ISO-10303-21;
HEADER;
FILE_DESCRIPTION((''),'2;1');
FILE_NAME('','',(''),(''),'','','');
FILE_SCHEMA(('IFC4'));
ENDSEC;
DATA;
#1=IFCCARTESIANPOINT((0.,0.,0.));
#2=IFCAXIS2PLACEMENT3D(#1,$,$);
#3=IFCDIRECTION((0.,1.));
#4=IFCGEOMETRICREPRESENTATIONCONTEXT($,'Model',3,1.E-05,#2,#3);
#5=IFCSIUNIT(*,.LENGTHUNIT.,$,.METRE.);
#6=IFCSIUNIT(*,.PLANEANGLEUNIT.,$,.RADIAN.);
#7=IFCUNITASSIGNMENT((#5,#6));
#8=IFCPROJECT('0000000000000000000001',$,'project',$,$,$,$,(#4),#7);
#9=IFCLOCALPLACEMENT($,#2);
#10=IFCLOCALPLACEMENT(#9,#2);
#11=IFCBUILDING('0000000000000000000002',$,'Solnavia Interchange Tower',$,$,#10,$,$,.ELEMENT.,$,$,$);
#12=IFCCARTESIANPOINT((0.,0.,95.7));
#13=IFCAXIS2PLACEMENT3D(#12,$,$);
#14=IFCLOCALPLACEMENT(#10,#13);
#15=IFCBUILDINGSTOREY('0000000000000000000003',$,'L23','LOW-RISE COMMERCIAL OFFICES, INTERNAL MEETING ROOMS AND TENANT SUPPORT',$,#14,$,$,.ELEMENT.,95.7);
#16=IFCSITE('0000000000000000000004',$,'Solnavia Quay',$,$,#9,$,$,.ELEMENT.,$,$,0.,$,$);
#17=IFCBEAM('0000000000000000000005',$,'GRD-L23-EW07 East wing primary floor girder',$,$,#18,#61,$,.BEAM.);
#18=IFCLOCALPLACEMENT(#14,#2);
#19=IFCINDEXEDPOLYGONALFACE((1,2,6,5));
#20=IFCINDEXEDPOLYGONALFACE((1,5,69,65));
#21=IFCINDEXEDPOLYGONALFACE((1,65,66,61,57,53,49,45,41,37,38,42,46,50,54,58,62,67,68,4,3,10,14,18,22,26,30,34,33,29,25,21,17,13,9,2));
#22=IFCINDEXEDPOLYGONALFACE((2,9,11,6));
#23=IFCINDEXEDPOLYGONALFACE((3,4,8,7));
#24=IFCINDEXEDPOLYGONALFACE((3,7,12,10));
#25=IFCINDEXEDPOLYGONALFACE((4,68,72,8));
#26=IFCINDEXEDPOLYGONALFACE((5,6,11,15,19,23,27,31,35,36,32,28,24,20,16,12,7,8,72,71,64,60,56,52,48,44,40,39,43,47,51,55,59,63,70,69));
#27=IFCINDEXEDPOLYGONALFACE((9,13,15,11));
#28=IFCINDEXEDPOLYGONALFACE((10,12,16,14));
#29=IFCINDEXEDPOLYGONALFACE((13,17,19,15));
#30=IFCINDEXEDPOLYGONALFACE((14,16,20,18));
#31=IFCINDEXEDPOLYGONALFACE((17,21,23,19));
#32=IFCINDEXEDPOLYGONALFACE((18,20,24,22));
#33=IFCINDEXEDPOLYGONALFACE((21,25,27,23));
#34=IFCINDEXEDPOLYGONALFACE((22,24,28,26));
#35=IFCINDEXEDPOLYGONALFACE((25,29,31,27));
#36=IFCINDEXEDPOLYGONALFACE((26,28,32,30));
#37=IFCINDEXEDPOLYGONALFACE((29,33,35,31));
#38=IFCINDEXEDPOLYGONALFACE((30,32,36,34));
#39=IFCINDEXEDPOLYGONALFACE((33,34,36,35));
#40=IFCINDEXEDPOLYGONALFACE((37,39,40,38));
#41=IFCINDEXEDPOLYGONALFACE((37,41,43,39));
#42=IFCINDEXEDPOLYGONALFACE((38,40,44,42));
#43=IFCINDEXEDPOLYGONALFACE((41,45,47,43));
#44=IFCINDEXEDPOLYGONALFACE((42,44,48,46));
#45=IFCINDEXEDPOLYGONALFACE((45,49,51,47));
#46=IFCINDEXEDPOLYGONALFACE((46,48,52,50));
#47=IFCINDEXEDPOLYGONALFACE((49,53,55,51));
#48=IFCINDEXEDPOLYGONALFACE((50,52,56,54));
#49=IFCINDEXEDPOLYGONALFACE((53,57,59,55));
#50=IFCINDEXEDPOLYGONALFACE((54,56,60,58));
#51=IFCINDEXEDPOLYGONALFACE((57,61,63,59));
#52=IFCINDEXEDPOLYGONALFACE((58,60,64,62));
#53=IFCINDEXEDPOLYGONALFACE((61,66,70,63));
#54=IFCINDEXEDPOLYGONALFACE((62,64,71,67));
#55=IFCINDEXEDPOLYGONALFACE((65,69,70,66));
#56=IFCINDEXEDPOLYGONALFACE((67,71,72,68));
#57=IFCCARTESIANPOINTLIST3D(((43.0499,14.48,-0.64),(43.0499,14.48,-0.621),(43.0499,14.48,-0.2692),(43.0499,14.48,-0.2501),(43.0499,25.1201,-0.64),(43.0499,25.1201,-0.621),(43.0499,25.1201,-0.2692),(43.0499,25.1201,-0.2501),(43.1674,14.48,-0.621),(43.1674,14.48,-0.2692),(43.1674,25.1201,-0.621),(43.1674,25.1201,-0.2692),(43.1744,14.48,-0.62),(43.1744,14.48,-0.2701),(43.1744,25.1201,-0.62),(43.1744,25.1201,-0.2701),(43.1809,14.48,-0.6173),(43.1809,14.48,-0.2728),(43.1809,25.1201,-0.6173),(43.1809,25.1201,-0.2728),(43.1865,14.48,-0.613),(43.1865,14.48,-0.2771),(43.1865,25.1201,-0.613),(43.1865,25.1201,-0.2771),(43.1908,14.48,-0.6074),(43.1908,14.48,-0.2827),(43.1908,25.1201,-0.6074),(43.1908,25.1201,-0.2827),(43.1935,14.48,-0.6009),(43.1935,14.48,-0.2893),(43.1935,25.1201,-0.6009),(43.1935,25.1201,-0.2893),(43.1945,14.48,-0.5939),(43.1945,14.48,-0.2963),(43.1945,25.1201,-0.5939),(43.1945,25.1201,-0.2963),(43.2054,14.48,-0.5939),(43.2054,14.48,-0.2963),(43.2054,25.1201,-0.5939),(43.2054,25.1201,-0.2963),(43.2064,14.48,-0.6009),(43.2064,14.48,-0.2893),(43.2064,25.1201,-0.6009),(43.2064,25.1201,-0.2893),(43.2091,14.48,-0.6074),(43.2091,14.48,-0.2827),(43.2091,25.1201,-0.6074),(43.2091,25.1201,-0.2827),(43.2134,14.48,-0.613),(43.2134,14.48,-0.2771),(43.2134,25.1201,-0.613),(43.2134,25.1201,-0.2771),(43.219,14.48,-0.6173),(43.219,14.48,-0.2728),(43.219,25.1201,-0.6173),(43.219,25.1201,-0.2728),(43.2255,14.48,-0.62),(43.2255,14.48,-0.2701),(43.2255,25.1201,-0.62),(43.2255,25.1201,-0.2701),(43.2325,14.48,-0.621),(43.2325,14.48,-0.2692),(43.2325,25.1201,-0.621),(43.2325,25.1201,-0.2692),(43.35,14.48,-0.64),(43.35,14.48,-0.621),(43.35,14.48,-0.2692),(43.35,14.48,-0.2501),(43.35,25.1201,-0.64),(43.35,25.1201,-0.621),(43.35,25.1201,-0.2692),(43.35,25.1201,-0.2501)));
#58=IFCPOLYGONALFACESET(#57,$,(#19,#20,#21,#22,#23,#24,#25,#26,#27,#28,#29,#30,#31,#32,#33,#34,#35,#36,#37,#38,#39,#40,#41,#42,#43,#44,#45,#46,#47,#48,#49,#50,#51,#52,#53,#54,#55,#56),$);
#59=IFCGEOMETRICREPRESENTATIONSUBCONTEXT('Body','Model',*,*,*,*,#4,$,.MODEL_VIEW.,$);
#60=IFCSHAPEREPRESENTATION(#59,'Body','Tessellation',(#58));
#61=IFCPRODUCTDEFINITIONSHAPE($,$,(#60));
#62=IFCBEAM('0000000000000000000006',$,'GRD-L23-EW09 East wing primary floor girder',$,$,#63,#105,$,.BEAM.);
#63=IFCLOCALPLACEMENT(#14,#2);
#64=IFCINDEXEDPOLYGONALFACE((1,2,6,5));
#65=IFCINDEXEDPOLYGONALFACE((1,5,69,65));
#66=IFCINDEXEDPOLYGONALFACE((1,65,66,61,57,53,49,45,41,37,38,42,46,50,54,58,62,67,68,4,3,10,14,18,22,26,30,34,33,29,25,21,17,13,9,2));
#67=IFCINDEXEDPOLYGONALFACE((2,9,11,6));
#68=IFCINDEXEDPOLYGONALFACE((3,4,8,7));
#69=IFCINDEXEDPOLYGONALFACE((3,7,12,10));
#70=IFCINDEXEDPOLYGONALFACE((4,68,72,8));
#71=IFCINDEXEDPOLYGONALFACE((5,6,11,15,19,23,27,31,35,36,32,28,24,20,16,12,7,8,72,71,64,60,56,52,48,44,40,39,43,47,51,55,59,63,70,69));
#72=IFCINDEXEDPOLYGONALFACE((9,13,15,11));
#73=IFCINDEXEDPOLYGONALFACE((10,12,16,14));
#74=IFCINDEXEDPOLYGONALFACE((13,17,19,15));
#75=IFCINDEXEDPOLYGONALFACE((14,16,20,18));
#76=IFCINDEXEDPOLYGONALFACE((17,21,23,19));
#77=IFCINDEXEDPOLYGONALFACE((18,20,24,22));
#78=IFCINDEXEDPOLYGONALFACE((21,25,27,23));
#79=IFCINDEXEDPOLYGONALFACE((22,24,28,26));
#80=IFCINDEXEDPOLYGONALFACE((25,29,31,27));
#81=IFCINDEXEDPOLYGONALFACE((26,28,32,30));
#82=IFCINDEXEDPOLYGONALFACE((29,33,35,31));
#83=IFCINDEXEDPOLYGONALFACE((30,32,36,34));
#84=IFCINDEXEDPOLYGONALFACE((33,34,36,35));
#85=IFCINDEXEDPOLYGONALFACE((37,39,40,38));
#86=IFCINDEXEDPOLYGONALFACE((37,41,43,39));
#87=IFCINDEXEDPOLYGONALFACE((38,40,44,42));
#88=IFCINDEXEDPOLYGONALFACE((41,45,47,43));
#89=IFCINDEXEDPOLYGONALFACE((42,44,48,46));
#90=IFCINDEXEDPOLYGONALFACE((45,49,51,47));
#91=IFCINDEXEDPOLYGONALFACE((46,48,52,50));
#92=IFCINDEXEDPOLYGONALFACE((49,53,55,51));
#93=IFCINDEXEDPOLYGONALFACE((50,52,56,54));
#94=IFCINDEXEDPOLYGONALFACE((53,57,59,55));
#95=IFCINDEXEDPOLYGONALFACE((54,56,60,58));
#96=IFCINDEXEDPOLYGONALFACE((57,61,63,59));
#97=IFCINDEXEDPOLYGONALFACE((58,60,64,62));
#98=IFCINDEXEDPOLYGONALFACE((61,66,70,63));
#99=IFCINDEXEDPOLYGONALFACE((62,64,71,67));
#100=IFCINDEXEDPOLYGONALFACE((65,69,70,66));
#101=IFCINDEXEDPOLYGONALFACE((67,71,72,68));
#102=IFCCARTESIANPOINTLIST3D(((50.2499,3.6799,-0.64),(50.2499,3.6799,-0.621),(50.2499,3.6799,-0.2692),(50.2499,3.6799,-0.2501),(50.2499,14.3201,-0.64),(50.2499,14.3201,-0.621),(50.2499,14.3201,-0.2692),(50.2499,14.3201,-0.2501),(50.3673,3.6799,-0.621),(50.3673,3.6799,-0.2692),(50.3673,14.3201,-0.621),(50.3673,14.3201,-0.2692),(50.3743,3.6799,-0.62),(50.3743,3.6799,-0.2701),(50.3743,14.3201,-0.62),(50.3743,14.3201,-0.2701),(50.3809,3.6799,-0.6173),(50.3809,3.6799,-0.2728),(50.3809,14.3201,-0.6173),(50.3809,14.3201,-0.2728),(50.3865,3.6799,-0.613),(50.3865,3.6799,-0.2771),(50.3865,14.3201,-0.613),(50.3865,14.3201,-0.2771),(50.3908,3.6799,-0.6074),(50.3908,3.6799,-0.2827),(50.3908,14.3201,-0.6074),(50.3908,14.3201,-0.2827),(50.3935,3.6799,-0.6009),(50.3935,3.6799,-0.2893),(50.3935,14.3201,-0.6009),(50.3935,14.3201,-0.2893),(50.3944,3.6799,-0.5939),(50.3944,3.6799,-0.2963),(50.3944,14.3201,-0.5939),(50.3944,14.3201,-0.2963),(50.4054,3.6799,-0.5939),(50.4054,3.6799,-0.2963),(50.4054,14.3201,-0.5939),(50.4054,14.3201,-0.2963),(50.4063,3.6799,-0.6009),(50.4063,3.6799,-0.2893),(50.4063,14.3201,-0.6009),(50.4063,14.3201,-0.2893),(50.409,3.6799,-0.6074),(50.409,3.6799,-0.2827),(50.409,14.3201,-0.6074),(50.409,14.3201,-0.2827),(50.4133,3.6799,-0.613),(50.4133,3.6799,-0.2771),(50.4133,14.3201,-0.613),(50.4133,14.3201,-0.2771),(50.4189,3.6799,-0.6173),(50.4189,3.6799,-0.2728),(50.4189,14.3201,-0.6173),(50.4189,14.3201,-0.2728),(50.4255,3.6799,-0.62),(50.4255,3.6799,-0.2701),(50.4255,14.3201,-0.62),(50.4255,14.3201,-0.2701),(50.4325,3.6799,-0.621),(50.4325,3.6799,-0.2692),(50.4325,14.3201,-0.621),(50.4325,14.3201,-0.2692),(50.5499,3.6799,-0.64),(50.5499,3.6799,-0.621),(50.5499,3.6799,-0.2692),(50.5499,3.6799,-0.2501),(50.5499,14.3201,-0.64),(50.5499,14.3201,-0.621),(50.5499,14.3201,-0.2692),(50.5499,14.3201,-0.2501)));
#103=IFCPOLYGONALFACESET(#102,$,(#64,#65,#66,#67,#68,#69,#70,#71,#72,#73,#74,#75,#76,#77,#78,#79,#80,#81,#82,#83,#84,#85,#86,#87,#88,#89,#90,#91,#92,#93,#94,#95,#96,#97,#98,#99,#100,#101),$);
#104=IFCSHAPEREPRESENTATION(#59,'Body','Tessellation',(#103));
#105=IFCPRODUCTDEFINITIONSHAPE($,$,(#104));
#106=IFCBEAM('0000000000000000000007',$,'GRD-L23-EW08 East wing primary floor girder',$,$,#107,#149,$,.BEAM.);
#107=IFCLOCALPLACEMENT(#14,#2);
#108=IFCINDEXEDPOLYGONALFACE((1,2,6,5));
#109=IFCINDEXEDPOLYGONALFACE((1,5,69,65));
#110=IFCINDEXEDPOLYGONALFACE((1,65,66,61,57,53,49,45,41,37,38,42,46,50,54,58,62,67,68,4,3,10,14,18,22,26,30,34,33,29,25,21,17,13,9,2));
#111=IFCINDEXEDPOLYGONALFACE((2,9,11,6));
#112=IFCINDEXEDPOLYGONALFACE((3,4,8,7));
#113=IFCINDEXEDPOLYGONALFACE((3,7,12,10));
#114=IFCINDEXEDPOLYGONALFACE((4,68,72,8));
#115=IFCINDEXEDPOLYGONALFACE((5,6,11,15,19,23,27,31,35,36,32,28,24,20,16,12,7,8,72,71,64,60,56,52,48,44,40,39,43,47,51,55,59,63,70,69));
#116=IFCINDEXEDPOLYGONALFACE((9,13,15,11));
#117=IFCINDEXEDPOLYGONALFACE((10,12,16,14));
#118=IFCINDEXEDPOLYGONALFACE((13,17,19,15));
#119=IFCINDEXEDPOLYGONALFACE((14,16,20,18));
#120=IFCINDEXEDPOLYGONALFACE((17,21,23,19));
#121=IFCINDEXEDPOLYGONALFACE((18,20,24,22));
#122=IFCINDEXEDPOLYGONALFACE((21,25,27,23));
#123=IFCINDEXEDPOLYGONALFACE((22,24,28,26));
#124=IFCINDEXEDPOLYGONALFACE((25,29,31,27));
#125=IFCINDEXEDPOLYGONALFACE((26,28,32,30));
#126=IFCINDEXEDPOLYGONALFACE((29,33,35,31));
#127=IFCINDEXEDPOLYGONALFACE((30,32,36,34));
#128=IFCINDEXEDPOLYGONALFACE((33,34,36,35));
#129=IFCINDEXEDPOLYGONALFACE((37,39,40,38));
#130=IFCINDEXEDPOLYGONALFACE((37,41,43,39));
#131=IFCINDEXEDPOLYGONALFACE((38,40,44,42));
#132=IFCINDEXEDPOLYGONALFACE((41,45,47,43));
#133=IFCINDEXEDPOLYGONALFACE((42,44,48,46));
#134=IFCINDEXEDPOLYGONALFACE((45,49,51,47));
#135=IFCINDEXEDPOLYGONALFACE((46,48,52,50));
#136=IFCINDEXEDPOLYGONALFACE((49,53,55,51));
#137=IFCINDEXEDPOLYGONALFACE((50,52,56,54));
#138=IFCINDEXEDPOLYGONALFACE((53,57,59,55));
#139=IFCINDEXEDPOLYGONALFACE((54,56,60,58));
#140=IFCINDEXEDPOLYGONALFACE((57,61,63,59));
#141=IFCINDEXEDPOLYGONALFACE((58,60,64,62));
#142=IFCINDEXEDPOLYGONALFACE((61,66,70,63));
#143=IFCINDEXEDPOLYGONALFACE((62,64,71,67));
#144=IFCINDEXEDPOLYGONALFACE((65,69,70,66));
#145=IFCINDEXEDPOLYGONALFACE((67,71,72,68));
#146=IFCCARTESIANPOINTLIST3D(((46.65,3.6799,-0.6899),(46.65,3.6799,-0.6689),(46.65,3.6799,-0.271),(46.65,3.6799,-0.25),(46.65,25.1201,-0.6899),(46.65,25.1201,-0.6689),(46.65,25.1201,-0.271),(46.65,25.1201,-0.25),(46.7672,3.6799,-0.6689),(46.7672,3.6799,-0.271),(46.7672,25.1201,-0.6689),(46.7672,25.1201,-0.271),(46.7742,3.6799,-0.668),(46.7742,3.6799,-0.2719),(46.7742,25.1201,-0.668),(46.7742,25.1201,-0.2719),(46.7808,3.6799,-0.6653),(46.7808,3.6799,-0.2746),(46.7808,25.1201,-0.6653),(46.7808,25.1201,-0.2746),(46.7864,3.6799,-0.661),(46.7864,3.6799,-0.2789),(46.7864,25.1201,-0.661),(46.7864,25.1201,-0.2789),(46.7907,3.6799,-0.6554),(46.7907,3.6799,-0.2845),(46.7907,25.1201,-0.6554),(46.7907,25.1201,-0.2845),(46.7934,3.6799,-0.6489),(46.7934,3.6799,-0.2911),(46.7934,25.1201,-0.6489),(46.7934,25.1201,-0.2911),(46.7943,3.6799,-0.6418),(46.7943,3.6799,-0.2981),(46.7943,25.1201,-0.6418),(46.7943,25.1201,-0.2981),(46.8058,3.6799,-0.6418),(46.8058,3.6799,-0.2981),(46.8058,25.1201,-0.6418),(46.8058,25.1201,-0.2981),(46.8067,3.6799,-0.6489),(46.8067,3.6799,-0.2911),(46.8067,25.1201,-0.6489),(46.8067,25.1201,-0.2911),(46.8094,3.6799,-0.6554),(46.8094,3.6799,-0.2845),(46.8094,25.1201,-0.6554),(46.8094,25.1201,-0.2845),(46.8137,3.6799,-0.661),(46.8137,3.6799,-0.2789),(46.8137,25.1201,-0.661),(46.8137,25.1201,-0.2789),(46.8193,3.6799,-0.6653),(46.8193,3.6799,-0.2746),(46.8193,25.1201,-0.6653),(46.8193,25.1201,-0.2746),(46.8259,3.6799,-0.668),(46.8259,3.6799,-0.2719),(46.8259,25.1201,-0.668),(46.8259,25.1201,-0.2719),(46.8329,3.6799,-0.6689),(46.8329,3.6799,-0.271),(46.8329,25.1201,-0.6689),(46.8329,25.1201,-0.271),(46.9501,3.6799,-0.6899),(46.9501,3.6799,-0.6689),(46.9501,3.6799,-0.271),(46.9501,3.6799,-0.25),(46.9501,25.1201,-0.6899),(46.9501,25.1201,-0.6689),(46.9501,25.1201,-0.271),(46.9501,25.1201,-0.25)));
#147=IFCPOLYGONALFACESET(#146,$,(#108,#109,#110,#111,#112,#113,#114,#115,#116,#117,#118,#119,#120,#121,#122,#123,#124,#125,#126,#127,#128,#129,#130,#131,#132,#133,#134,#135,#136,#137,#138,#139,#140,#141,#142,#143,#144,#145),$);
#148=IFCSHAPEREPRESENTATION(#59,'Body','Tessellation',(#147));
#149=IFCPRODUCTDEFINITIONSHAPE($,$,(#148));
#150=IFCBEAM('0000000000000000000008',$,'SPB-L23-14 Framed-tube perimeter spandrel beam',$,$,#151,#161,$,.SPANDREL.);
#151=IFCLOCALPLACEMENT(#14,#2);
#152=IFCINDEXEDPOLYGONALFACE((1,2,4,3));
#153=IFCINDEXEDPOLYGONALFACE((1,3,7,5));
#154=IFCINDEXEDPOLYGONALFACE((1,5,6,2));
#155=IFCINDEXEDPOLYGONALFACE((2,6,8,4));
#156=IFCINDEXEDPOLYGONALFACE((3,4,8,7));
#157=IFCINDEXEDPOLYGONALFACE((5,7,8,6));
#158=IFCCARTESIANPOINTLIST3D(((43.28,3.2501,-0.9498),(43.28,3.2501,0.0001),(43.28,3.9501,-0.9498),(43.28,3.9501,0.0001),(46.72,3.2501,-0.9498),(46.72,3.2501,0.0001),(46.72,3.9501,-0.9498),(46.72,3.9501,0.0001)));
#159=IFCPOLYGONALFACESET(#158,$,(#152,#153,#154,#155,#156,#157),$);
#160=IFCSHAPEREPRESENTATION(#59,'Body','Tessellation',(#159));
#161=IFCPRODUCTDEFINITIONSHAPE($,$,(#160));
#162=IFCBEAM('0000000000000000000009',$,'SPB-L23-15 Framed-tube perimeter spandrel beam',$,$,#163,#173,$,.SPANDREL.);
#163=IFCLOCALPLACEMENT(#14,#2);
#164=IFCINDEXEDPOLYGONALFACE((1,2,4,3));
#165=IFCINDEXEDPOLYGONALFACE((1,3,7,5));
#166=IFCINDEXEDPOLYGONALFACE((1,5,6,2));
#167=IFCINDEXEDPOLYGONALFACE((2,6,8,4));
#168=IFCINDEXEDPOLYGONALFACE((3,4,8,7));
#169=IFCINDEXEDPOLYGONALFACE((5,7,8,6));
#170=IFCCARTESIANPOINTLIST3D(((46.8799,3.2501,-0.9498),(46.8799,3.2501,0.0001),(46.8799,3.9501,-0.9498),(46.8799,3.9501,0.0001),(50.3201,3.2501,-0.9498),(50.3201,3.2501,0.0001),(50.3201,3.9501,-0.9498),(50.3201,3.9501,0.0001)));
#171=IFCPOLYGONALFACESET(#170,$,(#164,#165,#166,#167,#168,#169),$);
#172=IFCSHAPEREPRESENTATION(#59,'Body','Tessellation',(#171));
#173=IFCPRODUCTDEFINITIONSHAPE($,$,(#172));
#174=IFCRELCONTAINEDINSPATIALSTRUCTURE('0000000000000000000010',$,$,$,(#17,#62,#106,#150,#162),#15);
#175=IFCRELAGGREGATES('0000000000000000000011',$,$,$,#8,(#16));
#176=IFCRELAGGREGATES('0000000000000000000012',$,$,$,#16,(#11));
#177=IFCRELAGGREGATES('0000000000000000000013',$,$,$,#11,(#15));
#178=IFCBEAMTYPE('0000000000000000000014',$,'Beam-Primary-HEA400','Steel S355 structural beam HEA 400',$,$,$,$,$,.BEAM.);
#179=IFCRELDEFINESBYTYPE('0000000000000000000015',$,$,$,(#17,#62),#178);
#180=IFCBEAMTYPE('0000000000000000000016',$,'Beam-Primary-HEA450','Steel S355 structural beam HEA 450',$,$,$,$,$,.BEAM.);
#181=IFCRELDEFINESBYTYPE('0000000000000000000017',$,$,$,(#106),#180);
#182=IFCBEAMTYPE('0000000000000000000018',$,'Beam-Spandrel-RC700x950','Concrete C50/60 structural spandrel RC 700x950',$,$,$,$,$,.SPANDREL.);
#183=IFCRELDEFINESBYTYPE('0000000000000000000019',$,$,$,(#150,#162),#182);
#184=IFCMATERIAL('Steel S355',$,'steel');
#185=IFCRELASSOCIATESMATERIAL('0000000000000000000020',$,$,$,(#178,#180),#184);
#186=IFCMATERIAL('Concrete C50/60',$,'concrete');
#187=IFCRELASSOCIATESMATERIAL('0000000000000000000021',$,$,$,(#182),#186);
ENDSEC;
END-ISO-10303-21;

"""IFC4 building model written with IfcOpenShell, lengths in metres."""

from ifc_helpers import new_model, si_unit, direction, frame, origin, origin_2d, place, context, subcontext, project, spatial, rectangle, i_section, extrude, material, material_profile, profile_set, type_object, element, save


model = new_model("IFC4")

# Units and contexts
model_context = context("Model", 3, precision=1e-05, world=origin(), true_north=direction((0.0, 1.0)))
body_context = subcontext(model_context, "Body", "Model", "MODEL_VIEW")
ifc_project = project(units=[si_unit("LENGTHUNIT", "METRE"), si_unit("PLANEANGLEUNIT", "RADIAN")], contexts=[model_context])

# Site, building, storey
site_placement = place(None, origin())
site = spatial("IfcSite", under=ifc_project, at=site_placement, Name="Solnavia Quay", CompositionType="ELEMENT", RefElevation=0.0)
building_placement = place(site_placement, origin())
building = spatial("IfcBuilding", under=site, at=building_placement, Name="Solnavia Interchange Tower", CompositionType="ELEMENT")
storey_placement = place(building_placement, frame((0.0, 0.0, 95.7)))
storey = spatial("IfcBuildingStorey", under=building, at=storey_placement, Name="L23", Description="LOW-RISE COMMERCIAL OFFICES, INTERNAL MEETING ROOMS AND TENANT SUPPORT", CompositionType="ELEMENT", Elevation=95.7)

# Shared definitions
ifc_material_1 = material(Name="Concrete C50/60", Category="concrete")
ifc_material_2 = material(Name="Steel S355", Category="steel")

# Beams
ifc_material_profile_1 = material_profile(ifc_material_2, i_section(OverallWidth=0.3, OverallDepth=0.3899, WebThickness=0.011, FlangeThickness=0.019, FilletRadius=0.0271, at=origin_2d()), Name="HEA 400")
ifc_profile_set_1 = profile_set([ifc_material_profile_1], Name="Steel S355")
beam_type_1 = type_object("IfcBeamType", Name="Beam-Primary-HEA400", Description="Steel S355 structural beam HEA 400", PredefinedType="BEAM", material=ifc_profile_set_1)
for number, where, z_axis, x_axis, name in (
    (1, (43.2, 14.48, -0.4451), (0.0, 1.0, 0.0), (-1.0, 0.0, 0.0), "GRD-L23-EW07 East wing primary floor girder"),
    (2, (50.3999, 3.6799, -0.4451), (0.0, 1.0, 0.0), (-1.0, 0.0, 0.0), "GRD-L23-EW09 East wing primary floor girder"),
):
    element("IfcBeam", number, at=place(storey_placement, frame(where, z_axis=z_axis, x_axis=x_axis)), inside=storey, type_object=beam_type_1, Name=name, PredefinedType="BEAM", context=body_context, shape_type="SweptSolid", body=[
        extrude(i_section(OverallWidth=0.3, OverallDepth=0.3899, WebThickness=0.011, FlangeThickness=0.019, FilletRadius=0.0271, at=origin_2d()), origin(), (0.0, 0.0, 1.0), 10.6401),
    ])
ifc_material_profile_2 = material_profile(ifc_material_2, i_section(OverallWidth=0.3, OverallDepth=0.4399, WebThickness=0.0115, FlangeThickness=0.021, FilletRadius=0.0271, at=origin_2d()), Name="HEA 450")
ifc_profile_set_2 = profile_set([ifc_material_profile_2], Name="Steel S355")
beam_type_2 = type_object("IfcBeamType", Name="Beam-Primary-HEA450", Description="Steel S355 structural beam HEA 450", PredefinedType="BEAM", material=ifc_profile_set_2)
beam_1_placement = place(storey_placement, frame((46.8, 3.6799, -0.47), z_axis=(0.0, 1.0, 0.0), x_axis=(-1.0, 0.0, 0.0)))
element("IfcBeam", 3, at=beam_1_placement, inside=storey, type_object=beam_type_2, Name="GRD-L23-EW08 East wing primary floor girder", PredefinedType="BEAM", context=body_context, shape_type="SweptSolid", body=[
    extrude(i_section(OverallWidth=0.3, OverallDepth=0.4399, WebThickness=0.0115, FlangeThickness=0.021, FilletRadius=0.0271, at=origin_2d()), origin(), (0.0, 0.0, 1.0), 21.4402),
])
ifc_material_profile_3 = material_profile(ifc_material_1, rectangle(XDim=0.7, YDim=0.95, at=origin_2d()), Name="RC 700x950")
ifc_profile_set_3 = profile_set([ifc_material_profile_3], Name="Concrete C50/60")
beam_type_3 = type_object("IfcBeamType", Name="Beam-Spandrel-RC700x950", Description="Concrete C50/60 structural spandrel RC 700x950", PredefinedType="SPANDREL", material=ifc_profile_set_3)
beam_2_placement = place(storey_placement, frame((43.28, 3.6001, -0.4749), z_axis=(1.0, 0.0, 0.0), x_axis=(0.0, 1.0, 0.0)))
element("IfcBeam", 4, at=beam_2_placement, inside=storey, type_object=beam_type_3, Name="SPB-L23-14 Framed-tube perimeter spandrel beam", PredefinedType="SPANDREL", context=body_context, shape_type="SweptSolid", body=[
    extrude(rectangle(XDim=0.7, YDim=0.95, at=origin_2d()), origin(), (0.0, 0.0, 1.0), 3.4399),
])
beam_3_placement = place(storey_placement, frame((46.8799, 3.6001, -0.4749), z_axis=(1.0, 0.0, 0.0), x_axis=(0.0, 1.0, 0.0)))
element("IfcBeam", 5, at=beam_3_placement, inside=storey, type_object=beam_type_3, Name="SPB-L23-15 Framed-tube perimeter spandrel beam", PredefinedType="SPANDREL", context=body_context, shape_type="SweptSolid", body=[
    extrude(rectangle(XDim=0.7, YDim=0.95, at=origin_2d()), origin(), (0.0, 0.0, 1.0), 3.4402),
])

save(model, "model.ifc")
